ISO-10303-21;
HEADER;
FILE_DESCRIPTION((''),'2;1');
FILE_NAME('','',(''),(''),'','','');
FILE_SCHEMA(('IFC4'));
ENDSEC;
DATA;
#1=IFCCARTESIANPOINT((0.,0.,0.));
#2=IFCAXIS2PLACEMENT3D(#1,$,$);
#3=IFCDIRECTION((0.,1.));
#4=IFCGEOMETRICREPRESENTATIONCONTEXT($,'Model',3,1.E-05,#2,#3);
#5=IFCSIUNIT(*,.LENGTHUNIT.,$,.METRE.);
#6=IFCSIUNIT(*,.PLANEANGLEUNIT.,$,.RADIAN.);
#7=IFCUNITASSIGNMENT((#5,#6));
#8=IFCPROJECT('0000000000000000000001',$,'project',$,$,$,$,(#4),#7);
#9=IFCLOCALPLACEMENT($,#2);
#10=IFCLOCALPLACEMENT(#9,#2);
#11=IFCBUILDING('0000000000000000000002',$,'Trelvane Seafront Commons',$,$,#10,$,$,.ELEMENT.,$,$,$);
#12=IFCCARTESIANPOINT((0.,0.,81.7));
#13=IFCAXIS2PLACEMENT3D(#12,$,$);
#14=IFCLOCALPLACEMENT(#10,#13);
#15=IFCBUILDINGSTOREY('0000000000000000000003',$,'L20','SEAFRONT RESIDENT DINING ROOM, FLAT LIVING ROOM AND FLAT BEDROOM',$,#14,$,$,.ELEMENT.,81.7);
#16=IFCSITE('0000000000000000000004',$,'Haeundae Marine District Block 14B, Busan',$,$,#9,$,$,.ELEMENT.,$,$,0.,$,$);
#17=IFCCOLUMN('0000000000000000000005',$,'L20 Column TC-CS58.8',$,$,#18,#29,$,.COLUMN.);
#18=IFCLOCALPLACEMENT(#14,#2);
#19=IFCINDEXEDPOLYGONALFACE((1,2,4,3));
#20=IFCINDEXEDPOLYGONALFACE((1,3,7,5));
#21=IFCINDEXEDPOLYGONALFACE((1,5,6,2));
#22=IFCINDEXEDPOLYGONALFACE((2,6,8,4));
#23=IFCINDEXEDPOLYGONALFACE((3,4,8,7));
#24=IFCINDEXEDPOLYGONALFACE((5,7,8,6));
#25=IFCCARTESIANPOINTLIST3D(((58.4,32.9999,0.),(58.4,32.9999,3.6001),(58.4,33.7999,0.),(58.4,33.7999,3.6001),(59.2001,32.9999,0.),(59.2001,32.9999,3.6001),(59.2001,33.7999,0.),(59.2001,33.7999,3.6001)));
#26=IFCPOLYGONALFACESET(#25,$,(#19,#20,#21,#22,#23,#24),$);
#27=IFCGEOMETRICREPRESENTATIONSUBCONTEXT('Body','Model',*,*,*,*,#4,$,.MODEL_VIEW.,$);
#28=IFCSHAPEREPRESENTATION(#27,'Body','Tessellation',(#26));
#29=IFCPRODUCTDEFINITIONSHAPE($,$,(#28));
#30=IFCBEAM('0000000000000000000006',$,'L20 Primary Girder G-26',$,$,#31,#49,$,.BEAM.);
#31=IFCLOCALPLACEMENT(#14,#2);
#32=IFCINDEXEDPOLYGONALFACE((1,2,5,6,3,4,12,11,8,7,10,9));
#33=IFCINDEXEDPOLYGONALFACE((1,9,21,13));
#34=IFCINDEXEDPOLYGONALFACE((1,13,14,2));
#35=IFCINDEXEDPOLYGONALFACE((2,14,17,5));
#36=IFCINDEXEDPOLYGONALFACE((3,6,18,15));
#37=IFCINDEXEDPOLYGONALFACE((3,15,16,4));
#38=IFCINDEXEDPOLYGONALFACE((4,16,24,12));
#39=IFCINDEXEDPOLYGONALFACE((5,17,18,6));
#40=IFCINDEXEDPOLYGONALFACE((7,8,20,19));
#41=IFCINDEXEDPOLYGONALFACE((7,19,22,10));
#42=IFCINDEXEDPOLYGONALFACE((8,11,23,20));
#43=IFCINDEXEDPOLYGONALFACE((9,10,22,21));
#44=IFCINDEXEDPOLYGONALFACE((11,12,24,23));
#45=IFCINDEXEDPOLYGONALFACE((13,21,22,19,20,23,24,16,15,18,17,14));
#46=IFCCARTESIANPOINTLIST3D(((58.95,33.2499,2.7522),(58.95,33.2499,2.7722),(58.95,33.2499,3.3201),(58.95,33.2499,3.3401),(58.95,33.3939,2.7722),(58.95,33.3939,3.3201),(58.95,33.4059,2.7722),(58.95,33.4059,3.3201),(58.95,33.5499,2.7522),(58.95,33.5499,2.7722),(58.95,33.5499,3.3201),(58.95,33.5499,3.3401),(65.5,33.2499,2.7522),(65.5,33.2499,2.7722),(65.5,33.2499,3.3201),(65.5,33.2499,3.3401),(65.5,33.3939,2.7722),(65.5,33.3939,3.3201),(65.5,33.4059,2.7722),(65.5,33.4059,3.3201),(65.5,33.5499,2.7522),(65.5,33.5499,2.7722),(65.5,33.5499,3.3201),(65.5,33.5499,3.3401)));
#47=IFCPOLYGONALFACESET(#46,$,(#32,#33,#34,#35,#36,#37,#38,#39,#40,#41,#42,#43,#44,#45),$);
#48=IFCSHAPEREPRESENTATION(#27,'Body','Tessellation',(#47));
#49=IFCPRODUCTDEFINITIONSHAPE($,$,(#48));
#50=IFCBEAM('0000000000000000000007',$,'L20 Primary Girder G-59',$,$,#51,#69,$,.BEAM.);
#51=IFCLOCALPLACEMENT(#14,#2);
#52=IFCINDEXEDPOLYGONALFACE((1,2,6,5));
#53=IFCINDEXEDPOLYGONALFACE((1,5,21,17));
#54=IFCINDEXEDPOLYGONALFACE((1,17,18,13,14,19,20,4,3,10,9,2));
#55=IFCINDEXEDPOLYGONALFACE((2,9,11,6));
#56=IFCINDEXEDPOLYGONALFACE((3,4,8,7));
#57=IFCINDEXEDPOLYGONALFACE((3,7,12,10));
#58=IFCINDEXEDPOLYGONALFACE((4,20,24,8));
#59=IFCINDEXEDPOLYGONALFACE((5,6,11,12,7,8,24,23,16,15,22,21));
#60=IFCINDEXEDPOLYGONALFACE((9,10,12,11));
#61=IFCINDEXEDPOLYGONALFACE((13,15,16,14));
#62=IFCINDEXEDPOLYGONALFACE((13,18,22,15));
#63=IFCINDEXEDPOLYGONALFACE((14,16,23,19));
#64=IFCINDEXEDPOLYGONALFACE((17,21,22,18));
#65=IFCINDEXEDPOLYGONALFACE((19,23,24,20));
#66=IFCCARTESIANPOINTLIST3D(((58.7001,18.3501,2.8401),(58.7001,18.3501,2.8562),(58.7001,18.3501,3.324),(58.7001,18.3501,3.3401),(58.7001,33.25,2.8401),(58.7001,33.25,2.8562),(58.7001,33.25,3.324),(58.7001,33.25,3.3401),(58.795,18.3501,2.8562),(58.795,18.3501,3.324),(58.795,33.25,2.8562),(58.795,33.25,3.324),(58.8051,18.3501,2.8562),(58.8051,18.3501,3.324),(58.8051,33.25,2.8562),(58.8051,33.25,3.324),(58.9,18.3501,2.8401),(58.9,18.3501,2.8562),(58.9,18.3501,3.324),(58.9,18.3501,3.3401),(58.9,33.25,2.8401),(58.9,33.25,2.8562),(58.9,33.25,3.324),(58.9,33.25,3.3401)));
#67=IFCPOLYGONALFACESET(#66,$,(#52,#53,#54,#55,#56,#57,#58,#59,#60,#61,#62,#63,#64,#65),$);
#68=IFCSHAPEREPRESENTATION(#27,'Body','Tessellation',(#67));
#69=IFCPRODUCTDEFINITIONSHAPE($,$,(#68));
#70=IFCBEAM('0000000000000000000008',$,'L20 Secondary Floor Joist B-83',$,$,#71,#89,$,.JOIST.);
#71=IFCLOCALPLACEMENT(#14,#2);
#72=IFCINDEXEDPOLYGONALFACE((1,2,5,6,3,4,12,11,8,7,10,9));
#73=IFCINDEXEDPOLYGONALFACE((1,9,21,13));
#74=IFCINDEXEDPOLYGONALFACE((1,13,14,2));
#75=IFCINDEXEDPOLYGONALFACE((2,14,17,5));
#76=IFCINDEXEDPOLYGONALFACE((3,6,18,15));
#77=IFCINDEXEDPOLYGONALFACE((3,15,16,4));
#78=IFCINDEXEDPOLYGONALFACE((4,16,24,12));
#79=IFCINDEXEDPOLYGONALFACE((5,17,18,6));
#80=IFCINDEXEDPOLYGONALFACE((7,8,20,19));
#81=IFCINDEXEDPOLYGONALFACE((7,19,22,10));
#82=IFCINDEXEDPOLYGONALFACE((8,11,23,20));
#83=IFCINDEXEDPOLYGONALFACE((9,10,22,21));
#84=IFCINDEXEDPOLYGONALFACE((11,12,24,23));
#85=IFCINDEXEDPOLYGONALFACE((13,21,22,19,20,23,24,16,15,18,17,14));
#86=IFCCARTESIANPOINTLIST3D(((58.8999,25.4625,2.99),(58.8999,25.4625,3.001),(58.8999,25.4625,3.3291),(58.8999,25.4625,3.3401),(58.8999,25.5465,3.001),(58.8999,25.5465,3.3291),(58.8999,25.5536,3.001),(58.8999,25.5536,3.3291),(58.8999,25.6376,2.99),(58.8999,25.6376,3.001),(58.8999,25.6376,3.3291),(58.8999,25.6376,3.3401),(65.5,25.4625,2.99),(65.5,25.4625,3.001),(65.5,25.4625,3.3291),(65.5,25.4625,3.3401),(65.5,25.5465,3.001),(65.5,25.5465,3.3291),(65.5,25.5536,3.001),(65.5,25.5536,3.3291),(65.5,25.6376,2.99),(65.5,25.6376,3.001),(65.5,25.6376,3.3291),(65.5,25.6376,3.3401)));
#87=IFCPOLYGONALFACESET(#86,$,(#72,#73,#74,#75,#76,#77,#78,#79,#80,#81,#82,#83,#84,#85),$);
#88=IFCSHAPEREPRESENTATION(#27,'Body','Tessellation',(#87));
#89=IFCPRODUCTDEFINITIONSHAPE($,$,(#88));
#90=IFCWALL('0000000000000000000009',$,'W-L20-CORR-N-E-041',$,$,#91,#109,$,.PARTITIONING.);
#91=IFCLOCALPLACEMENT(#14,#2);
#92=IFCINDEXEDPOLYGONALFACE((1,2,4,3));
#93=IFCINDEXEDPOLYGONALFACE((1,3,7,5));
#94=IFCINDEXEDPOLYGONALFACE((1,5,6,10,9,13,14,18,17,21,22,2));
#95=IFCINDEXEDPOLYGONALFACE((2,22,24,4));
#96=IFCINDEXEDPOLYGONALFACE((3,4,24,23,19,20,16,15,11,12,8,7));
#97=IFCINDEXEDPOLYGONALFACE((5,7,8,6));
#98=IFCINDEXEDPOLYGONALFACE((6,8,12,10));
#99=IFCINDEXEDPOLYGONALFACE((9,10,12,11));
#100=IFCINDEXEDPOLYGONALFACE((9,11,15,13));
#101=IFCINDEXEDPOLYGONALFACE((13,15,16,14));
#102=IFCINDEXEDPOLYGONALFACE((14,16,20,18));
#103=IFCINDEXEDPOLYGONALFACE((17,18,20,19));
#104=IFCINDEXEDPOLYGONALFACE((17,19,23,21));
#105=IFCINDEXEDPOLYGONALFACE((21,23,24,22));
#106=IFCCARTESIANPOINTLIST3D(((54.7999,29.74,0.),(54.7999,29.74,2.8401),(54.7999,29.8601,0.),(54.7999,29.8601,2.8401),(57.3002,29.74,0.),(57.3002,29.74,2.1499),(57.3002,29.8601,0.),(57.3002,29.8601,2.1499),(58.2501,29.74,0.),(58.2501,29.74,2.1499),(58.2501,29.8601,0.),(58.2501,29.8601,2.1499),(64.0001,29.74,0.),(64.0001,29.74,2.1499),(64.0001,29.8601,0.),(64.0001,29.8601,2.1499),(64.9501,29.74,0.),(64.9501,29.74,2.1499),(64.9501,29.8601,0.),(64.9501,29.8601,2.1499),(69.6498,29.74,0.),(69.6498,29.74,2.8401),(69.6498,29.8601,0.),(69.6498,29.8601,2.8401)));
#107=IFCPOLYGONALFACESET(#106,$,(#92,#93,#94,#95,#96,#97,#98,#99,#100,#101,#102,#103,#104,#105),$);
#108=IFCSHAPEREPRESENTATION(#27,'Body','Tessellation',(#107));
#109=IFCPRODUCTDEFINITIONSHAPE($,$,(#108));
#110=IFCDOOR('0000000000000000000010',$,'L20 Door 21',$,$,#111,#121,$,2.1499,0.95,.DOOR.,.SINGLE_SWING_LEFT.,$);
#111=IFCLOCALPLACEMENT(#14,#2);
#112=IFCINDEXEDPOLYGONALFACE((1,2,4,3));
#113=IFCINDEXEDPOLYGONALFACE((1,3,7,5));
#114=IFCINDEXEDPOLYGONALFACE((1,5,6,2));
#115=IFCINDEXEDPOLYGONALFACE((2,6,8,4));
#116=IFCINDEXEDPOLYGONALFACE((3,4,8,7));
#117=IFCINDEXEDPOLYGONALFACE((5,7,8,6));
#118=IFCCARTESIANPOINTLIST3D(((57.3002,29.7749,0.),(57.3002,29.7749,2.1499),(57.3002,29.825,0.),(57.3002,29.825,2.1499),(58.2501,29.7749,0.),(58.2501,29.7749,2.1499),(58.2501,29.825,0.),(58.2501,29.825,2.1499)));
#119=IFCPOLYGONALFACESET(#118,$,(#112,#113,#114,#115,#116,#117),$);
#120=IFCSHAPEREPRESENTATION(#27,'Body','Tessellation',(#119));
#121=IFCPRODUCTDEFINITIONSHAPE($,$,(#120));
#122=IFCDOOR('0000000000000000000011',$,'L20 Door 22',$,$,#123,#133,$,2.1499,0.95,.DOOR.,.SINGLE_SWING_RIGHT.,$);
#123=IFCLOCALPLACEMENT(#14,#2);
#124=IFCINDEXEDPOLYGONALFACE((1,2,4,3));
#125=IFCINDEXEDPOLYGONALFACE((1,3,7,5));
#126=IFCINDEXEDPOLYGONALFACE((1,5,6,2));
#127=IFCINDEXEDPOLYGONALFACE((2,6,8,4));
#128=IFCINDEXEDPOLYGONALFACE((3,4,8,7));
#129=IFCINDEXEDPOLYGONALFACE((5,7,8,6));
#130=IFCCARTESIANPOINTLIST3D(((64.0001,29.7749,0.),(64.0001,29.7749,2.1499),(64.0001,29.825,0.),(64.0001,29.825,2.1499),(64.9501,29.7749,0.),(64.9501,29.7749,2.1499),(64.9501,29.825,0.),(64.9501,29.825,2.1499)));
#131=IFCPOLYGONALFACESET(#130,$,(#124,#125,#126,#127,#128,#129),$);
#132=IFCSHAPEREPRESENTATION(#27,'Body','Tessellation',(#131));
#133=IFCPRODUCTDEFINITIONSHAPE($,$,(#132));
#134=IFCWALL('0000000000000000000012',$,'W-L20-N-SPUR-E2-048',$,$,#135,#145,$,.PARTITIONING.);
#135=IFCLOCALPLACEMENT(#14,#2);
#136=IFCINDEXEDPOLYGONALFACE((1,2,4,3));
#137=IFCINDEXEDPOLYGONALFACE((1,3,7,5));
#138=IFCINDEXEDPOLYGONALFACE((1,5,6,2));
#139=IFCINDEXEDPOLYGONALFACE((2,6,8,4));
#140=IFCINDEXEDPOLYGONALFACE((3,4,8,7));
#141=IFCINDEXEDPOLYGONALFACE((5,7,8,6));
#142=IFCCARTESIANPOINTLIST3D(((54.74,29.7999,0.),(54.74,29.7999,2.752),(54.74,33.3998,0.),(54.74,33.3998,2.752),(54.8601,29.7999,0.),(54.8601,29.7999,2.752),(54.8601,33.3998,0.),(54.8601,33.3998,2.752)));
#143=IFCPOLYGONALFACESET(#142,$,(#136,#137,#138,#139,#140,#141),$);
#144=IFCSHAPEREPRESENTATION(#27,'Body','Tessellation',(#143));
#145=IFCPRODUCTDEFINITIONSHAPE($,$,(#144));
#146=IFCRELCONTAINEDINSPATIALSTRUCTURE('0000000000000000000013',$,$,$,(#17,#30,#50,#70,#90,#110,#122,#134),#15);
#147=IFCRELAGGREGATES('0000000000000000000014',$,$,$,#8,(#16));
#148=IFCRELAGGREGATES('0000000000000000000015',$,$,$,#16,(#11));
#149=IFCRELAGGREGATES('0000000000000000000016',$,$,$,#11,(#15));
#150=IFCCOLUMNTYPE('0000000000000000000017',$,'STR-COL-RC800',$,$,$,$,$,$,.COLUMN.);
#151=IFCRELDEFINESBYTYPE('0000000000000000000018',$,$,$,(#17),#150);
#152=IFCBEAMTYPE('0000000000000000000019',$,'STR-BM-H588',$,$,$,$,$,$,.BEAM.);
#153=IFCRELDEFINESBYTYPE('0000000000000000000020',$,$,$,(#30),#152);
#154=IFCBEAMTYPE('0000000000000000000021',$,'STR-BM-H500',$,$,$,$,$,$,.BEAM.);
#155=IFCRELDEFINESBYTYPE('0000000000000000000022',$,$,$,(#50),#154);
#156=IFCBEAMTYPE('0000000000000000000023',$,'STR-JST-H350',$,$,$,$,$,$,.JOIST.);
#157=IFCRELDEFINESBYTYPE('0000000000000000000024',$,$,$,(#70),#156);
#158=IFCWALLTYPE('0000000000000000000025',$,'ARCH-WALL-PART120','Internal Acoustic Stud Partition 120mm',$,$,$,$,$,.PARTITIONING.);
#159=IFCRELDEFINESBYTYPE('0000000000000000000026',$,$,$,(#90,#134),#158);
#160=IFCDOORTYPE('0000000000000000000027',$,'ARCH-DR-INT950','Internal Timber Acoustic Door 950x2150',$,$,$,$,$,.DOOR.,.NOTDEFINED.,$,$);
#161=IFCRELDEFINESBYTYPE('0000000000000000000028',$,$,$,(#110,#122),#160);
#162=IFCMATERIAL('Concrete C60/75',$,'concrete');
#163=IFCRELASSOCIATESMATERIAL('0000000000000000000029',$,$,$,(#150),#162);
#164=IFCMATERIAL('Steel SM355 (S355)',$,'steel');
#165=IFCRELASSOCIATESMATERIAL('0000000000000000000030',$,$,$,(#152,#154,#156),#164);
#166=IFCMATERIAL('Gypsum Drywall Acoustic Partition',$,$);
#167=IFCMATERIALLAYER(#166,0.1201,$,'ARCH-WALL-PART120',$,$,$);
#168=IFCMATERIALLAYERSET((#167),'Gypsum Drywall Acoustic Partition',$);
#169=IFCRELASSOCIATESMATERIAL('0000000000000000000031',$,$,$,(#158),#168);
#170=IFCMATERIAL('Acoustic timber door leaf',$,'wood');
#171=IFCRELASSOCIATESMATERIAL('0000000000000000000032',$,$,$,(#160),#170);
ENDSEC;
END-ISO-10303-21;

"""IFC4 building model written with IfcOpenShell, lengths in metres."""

from ifc_helpers import new_model, si_unit, direction, frame, frame_2d, origin, origin_2d, place, context, subcontext, project, spatial, rectangle, i_section, extrude, source, transform, mapped, material, layer, layer_set, material_profile, profile_set, type_object, element, fill, save


model = new_model("IFC4")

# Units and contexts
model_context = context("Model", 3, precision=1e-05, world=origin(), true_north=direction((0.0, 1.0)))
body_context = subcontext(model_context, "Body", "Model", "MODEL_VIEW")
ifc_project = project(units=[si_unit("LENGTHUNIT", "METRE"), si_unit("PLANEANGLEUNIT", "RADIAN")], contexts=[model_context])

# Site, building, storey
site_placement = place(None, origin())
site = spatial("IfcSite", under=ifc_project, at=site_placement, Name="Haeundae Marine District Block 14B, Busan", CompositionType="ELEMENT", RefElevation=0.0)
building_placement = place(site_placement, origin())
building = spatial("IfcBuilding", under=site, at=building_placement, Name="Trelvane Seafront Commons", CompositionType="ELEMENT")
storey_placement = place(building_placement, frame((0.0, 0.0, 81.7)))
storey = spatial("IfcBuildingStorey", under=building, at=storey_placement, Name="L20", Description="SEAFRONT RESIDENT DINING ROOM, FLAT LIVING ROOM AND FLAT BEDROOM", CompositionType="ELEMENT", Elevation=81.7)

# Column
ifc_material_1 = material(Name="Concrete C60/75", Category="concrete")
ifc_material_profile_1 = material_profile(ifc_material_1, rectangle(XDim=0.8, YDim=0.8, at=origin_2d()), Name="RC-800x800")
ifc_profile_set_1 = profile_set([ifc_material_profile_1], Name="Concrete C60/75")
column_type = type_object("IfcColumnType", Name="STR-COL-RC800", PredefinedType="COLUMN", material=ifc_profile_set_1)
shared_shape_1 = source(origin(), body_context, "Body", "SweptSolid", [
    extrude(rectangle(XDim=0.8, YDim=0.8, at=origin_2d()), origin(), (0.0, 0.0, 1.0), 3.6001),
])
column_placement = place(storey_placement, frame((58.8, 33.3999, 0.0), z_axis=(0.0, 0.0, 1.0), x_axis=(1.0, 0.0, 0.0)))
element("IfcColumn", 1, at=column_placement, inside=storey, type_object=column_type, Name="L20 Column TC-CS58.8", PredefinedType="COLUMN", context=body_context, shape_type="MappedRepresentation", body=[
    mapped(shared_shape_1, transform((0.0, 0.0, 0.0), x_axis=(1.0, 0.0, 0.0), y_axis=(0.0, 1.0, 0.0), z_axis=(0.0, 0.0, 1.0), scale=1.0)),
])

# Beams
ifc_material_2 = material(Name="Steel SM355 (S355)", Category="steel")
ifc_material_profile_2 = material_profile(ifc_material_2, i_section(OverallWidth=0.3, OverallDepth=0.5879, WebThickness=0.012, FlangeThickness=0.02, at=origin_2d()), Name="H-588x300x12x20")
ifc_profile_set_2 = profile_set([ifc_material_profile_2], Name="Steel SM355 (S355)")
beam_type_1 = type_object("IfcBeamType", Name="STR-BM-H588", PredefinedType="BEAM", material=ifc_profile_set_2)
shared_shape_2 = source(origin(), body_context, "Body", "SweptSolid", [
    extrude(i_section(OverallWidth=0.3, OverallDepth=0.5879, WebThickness=0.012, FlangeThickness=0.02, at=origin_2d()), origin(), (0.0, 0.0, 1.0), 6.55),
])
beam_1_placement = place(storey_placement, frame((58.95, 33.3999, 3.0461), z_axis=(1.0, 0.0, 0.0), x_axis=(0.0, 1.0, 0.0)))
element("IfcBeam", 2, at=beam_1_placement, inside=storey, type_object=beam_type_1, Name="L20 Primary Girder G-26", PredefinedType="BEAM", context=body_context, shape_type="MappedRepresentation", body=[
    mapped(shared_shape_2, transform((0.0, 0.0, 0.0), x_axis=(1.0, 0.0, 0.0), y_axis=(0.0, 1.0, 0.0), z_axis=(0.0, 0.0, 1.0), scale=1.0)),
])
ifc_material_profile_3 = material_profile(ifc_material_2, i_section(OverallWidth=0.2, OverallDepth=0.5, WebThickness=0.01, FlangeThickness=0.0161, at=origin_2d()), Name="H-500x200x10x16")
ifc_profile_set_3 = profile_set([ifc_material_profile_3], Name="Steel SM355 (S355)")
beam_type_2 = type_object("IfcBeamType", Name="STR-BM-H500", PredefinedType="BEAM", material=ifc_profile_set_3)
shared_shape_3 = source(origin(), body_context, "Body", "SweptSolid", [
    extrude(i_section(OverallWidth=0.2, OverallDepth=0.5, WebThickness=0.01, FlangeThickness=0.0161, at=origin_2d()), origin(), (0.0, 0.0, 1.0), 14.8999),
])
beam_2_placement = place(storey_placement, frame((58.8, 18.3501, 3.0901), z_axis=(0.0, 1.0, 0.0), x_axis=(-1.0, 0.0, 0.0)))
element("IfcBeam", 3, at=beam_2_placement, inside=storey, type_object=beam_type_2, Name="L20 Primary Girder G-59", PredefinedType="BEAM", context=body_context, shape_type="MappedRepresentation", body=[
    mapped(shared_shape_3, transform((0.0, 0.0, 0.0), x_axis=(1.0, 0.0, 0.0), y_axis=(0.0, 1.0, 0.0), z_axis=(0.0, 0.0, 1.0), scale=1.0)),
])
ifc_material_profile_4 = material_profile(ifc_material_2, i_section(OverallWidth=0.175, OverallDepth=0.3501, WebThickness=0.0071, FlangeThickness=0.011, at=origin_2d()), Name="H-350x175x7x11")
ifc_profile_set_4 = profile_set([ifc_material_profile_4], Name="Steel SM355 (S355)")
beam_type_3 = type_object("IfcBeamType", Name="STR-JST-H350", PredefinedType="JOIST", material=ifc_profile_set_4)
shared_shape_4 = source(origin(), body_context, "Body", "SweptSolid", [
    extrude(i_section(OverallWidth=0.175, OverallDepth=0.3501, WebThickness=0.0071, FlangeThickness=0.011, at=origin_2d()), origin(), (0.0, 0.0, 1.0), 6.6001),
])
beam_3_placement = place(storey_placement, frame((58.8999, 25.55, 3.165), z_axis=(1.0, 0.0, 0.0), x_axis=(0.0, 1.0, 0.0)))
element("IfcBeam", 4, at=beam_3_placement, inside=storey, type_object=beam_type_3, Name="L20 Secondary Floor Joist B-83", PredefinedType="JOIST", context=body_context, shape_type="MappedRepresentation", body=[
    mapped(shared_shape_4, transform((0.0, 0.0, 0.0), x_axis=(1.0, 0.0, 0.0), y_axis=(0.0, 1.0, 0.0), z_axis=(0.0, 0.0, 1.0), scale=1.0)),
])

# Wall, openings, doors
ifc_material_3 = material(Name="Gypsum Drywall Acoustic Partition")
ifc_layer_1 = layer(ifc_material_3, 0.1201, Name="ARCH-WALL-PART120")
ifc_layer_set_1 = layer_set([ifc_layer_1], Name="Gypsum Drywall Acoustic Partition")
wall_type_1 = type_object("IfcWallType", Name="ARCH-WALL-PART120", Description="Internal Acoustic Stud Partition 120mm", PredefinedType="PARTITIONING", material=ifc_layer_set_1)
wall_1_placement = place(storey_placement, frame((54.8, 29.8, 0.0), z_axis=(0.0, 0.0, 1.0), x_axis=(1.0, 0.0, 0.0)))
wall_1 = element("IfcWall", 5, at=wall_1_placement, inside=storey, type_object=wall_type_1, Name="W-L20-CORR-N-E-041", PredefinedType="PARTITIONING", context=body_context, shape_type="SweptSolid", body=[
    extrude(rectangle(XDim=14.8499, YDim=0.1201, at=frame_2d((7.4248, 0.0))), origin(), (0.0, 0.0, 1.0), 2.8401),
])
opening_1_placement = place(wall_1_placement, frame((2.5, 0.0, 0.0)))
opening_1 = element("IfcOpeningElement", 6, at=opening_1_placement, cuts=wall_1, PredefinedType="OPENING", context=body_context, shape_type="SweptSolid", body=[
    extrude(rectangle(XDim=0.95, YDim=2.1499, at=frame_2d((0.4751, 1.075))), frame((0.0, 0.0701, 0.0), z_axis=(0.0, -1.0, 0.0), x_axis=(1.0, 0.0, 0.0)), (0.0, 0.0, 1.0), 0.1401),
])
opening_2_placement = place(wall_1_placement, frame((9.2, 0.0, 0.0)))
opening_2 = element("IfcOpeningElement", 7, at=opening_2_placement, cuts=wall_1, PredefinedType="OPENING", context=body_context, shape_type="SweptSolid", body=[
    extrude(rectangle(XDim=0.95, YDim=2.1499, at=frame_2d((0.4751, 1.075))), frame((0.0, 0.0701, 0.0), z_axis=(0.0, -1.0, 0.0), x_axis=(1.0, 0.0, 0.0)), (0.0, 0.0, 1.0), 0.1401),
])
ifc_material_4 = material(Name="Acoustic timber door leaf", Category="wood")
door_type_1 = type_object("IfcDoorType", Name="ARCH-DR-INT950", Description="Internal Timber Acoustic Door 950x2150", OperationType="NOTDEFINED", PredefinedType="DOOR", material=ifc_material_4)
shared_shape_5 = source(origin(), body_context, "Body", "SweptSolid", [
    extrude(rectangle(XDim=0.95, YDim=2.1499, at=frame_2d((0.4751, 1.075))), frame((0.0, 0.0249, 0.0), z_axis=(0.0, -1.0, 0.0), x_axis=(1.0, 0.0, 0.0)), (0.0, 0.0, 1.0), 0.05),
])
door_1_placement = place(opening_1_placement, origin())
door_1 = element("IfcDoor", 8, at=door_1_placement, inside=storey, type_object=door_type_1, Name="L20 Door 21", OperationType="SINGLE_SWING_LEFT", OverallHeight=2.1499, OverallWidth=0.95, PredefinedType="DOOR", context=body_context, shape_type="MappedRepresentation", body=[
    mapped(shared_shape_5, transform((0.0, 0.0, 0.0), x_axis=(1.0, 0.0, 0.0), y_axis=(0.0, 1.0, 0.0), z_axis=(0.0, 0.0, 1.0), scale=1.0)),
])
fill(opening_1, door_1)
door_2_placement = place(opening_2_placement, origin())
door_2 = element("IfcDoor", 9, at=door_2_placement, inside=storey, type_object=door_type_1, Name="L20 Door 22", OperationType="SINGLE_SWING_RIGHT", OverallHeight=2.1499, OverallWidth=0.95, PredefinedType="DOOR", context=body_context, shape_type="MappedRepresentation", body=[
    mapped(shared_shape_5, transform((0.0, 0.0, 0.0), x_axis=(1.0, 0.0, 0.0), y_axis=(0.0, 1.0, 0.0), z_axis=(0.0, 0.0, 1.0), scale=1.0)),
])
fill(opening_2, door_2)

# Wall
wall_2_placement = place(storey_placement, frame((54.8, 29.8, 0.0), z_axis=(0.0, 0.0, 1.0), x_axis=(0.0, 1.0, 0.0)))
element("IfcWall", 10, at=wall_2_placement, inside=storey, type_object=wall_type_1, Name="W-L20-N-SPUR-E2-048", PredefinedType="PARTITIONING", context=body_context, shape_type="SweptSolid", body=[
    extrude(rectangle(XDim=3.5999, YDim=0.1201, at=frame_2d((1.7998, 0.0))), origin(), (0.0, 0.0, 1.0), 2.752),
])

save(model, "model.ifc")
